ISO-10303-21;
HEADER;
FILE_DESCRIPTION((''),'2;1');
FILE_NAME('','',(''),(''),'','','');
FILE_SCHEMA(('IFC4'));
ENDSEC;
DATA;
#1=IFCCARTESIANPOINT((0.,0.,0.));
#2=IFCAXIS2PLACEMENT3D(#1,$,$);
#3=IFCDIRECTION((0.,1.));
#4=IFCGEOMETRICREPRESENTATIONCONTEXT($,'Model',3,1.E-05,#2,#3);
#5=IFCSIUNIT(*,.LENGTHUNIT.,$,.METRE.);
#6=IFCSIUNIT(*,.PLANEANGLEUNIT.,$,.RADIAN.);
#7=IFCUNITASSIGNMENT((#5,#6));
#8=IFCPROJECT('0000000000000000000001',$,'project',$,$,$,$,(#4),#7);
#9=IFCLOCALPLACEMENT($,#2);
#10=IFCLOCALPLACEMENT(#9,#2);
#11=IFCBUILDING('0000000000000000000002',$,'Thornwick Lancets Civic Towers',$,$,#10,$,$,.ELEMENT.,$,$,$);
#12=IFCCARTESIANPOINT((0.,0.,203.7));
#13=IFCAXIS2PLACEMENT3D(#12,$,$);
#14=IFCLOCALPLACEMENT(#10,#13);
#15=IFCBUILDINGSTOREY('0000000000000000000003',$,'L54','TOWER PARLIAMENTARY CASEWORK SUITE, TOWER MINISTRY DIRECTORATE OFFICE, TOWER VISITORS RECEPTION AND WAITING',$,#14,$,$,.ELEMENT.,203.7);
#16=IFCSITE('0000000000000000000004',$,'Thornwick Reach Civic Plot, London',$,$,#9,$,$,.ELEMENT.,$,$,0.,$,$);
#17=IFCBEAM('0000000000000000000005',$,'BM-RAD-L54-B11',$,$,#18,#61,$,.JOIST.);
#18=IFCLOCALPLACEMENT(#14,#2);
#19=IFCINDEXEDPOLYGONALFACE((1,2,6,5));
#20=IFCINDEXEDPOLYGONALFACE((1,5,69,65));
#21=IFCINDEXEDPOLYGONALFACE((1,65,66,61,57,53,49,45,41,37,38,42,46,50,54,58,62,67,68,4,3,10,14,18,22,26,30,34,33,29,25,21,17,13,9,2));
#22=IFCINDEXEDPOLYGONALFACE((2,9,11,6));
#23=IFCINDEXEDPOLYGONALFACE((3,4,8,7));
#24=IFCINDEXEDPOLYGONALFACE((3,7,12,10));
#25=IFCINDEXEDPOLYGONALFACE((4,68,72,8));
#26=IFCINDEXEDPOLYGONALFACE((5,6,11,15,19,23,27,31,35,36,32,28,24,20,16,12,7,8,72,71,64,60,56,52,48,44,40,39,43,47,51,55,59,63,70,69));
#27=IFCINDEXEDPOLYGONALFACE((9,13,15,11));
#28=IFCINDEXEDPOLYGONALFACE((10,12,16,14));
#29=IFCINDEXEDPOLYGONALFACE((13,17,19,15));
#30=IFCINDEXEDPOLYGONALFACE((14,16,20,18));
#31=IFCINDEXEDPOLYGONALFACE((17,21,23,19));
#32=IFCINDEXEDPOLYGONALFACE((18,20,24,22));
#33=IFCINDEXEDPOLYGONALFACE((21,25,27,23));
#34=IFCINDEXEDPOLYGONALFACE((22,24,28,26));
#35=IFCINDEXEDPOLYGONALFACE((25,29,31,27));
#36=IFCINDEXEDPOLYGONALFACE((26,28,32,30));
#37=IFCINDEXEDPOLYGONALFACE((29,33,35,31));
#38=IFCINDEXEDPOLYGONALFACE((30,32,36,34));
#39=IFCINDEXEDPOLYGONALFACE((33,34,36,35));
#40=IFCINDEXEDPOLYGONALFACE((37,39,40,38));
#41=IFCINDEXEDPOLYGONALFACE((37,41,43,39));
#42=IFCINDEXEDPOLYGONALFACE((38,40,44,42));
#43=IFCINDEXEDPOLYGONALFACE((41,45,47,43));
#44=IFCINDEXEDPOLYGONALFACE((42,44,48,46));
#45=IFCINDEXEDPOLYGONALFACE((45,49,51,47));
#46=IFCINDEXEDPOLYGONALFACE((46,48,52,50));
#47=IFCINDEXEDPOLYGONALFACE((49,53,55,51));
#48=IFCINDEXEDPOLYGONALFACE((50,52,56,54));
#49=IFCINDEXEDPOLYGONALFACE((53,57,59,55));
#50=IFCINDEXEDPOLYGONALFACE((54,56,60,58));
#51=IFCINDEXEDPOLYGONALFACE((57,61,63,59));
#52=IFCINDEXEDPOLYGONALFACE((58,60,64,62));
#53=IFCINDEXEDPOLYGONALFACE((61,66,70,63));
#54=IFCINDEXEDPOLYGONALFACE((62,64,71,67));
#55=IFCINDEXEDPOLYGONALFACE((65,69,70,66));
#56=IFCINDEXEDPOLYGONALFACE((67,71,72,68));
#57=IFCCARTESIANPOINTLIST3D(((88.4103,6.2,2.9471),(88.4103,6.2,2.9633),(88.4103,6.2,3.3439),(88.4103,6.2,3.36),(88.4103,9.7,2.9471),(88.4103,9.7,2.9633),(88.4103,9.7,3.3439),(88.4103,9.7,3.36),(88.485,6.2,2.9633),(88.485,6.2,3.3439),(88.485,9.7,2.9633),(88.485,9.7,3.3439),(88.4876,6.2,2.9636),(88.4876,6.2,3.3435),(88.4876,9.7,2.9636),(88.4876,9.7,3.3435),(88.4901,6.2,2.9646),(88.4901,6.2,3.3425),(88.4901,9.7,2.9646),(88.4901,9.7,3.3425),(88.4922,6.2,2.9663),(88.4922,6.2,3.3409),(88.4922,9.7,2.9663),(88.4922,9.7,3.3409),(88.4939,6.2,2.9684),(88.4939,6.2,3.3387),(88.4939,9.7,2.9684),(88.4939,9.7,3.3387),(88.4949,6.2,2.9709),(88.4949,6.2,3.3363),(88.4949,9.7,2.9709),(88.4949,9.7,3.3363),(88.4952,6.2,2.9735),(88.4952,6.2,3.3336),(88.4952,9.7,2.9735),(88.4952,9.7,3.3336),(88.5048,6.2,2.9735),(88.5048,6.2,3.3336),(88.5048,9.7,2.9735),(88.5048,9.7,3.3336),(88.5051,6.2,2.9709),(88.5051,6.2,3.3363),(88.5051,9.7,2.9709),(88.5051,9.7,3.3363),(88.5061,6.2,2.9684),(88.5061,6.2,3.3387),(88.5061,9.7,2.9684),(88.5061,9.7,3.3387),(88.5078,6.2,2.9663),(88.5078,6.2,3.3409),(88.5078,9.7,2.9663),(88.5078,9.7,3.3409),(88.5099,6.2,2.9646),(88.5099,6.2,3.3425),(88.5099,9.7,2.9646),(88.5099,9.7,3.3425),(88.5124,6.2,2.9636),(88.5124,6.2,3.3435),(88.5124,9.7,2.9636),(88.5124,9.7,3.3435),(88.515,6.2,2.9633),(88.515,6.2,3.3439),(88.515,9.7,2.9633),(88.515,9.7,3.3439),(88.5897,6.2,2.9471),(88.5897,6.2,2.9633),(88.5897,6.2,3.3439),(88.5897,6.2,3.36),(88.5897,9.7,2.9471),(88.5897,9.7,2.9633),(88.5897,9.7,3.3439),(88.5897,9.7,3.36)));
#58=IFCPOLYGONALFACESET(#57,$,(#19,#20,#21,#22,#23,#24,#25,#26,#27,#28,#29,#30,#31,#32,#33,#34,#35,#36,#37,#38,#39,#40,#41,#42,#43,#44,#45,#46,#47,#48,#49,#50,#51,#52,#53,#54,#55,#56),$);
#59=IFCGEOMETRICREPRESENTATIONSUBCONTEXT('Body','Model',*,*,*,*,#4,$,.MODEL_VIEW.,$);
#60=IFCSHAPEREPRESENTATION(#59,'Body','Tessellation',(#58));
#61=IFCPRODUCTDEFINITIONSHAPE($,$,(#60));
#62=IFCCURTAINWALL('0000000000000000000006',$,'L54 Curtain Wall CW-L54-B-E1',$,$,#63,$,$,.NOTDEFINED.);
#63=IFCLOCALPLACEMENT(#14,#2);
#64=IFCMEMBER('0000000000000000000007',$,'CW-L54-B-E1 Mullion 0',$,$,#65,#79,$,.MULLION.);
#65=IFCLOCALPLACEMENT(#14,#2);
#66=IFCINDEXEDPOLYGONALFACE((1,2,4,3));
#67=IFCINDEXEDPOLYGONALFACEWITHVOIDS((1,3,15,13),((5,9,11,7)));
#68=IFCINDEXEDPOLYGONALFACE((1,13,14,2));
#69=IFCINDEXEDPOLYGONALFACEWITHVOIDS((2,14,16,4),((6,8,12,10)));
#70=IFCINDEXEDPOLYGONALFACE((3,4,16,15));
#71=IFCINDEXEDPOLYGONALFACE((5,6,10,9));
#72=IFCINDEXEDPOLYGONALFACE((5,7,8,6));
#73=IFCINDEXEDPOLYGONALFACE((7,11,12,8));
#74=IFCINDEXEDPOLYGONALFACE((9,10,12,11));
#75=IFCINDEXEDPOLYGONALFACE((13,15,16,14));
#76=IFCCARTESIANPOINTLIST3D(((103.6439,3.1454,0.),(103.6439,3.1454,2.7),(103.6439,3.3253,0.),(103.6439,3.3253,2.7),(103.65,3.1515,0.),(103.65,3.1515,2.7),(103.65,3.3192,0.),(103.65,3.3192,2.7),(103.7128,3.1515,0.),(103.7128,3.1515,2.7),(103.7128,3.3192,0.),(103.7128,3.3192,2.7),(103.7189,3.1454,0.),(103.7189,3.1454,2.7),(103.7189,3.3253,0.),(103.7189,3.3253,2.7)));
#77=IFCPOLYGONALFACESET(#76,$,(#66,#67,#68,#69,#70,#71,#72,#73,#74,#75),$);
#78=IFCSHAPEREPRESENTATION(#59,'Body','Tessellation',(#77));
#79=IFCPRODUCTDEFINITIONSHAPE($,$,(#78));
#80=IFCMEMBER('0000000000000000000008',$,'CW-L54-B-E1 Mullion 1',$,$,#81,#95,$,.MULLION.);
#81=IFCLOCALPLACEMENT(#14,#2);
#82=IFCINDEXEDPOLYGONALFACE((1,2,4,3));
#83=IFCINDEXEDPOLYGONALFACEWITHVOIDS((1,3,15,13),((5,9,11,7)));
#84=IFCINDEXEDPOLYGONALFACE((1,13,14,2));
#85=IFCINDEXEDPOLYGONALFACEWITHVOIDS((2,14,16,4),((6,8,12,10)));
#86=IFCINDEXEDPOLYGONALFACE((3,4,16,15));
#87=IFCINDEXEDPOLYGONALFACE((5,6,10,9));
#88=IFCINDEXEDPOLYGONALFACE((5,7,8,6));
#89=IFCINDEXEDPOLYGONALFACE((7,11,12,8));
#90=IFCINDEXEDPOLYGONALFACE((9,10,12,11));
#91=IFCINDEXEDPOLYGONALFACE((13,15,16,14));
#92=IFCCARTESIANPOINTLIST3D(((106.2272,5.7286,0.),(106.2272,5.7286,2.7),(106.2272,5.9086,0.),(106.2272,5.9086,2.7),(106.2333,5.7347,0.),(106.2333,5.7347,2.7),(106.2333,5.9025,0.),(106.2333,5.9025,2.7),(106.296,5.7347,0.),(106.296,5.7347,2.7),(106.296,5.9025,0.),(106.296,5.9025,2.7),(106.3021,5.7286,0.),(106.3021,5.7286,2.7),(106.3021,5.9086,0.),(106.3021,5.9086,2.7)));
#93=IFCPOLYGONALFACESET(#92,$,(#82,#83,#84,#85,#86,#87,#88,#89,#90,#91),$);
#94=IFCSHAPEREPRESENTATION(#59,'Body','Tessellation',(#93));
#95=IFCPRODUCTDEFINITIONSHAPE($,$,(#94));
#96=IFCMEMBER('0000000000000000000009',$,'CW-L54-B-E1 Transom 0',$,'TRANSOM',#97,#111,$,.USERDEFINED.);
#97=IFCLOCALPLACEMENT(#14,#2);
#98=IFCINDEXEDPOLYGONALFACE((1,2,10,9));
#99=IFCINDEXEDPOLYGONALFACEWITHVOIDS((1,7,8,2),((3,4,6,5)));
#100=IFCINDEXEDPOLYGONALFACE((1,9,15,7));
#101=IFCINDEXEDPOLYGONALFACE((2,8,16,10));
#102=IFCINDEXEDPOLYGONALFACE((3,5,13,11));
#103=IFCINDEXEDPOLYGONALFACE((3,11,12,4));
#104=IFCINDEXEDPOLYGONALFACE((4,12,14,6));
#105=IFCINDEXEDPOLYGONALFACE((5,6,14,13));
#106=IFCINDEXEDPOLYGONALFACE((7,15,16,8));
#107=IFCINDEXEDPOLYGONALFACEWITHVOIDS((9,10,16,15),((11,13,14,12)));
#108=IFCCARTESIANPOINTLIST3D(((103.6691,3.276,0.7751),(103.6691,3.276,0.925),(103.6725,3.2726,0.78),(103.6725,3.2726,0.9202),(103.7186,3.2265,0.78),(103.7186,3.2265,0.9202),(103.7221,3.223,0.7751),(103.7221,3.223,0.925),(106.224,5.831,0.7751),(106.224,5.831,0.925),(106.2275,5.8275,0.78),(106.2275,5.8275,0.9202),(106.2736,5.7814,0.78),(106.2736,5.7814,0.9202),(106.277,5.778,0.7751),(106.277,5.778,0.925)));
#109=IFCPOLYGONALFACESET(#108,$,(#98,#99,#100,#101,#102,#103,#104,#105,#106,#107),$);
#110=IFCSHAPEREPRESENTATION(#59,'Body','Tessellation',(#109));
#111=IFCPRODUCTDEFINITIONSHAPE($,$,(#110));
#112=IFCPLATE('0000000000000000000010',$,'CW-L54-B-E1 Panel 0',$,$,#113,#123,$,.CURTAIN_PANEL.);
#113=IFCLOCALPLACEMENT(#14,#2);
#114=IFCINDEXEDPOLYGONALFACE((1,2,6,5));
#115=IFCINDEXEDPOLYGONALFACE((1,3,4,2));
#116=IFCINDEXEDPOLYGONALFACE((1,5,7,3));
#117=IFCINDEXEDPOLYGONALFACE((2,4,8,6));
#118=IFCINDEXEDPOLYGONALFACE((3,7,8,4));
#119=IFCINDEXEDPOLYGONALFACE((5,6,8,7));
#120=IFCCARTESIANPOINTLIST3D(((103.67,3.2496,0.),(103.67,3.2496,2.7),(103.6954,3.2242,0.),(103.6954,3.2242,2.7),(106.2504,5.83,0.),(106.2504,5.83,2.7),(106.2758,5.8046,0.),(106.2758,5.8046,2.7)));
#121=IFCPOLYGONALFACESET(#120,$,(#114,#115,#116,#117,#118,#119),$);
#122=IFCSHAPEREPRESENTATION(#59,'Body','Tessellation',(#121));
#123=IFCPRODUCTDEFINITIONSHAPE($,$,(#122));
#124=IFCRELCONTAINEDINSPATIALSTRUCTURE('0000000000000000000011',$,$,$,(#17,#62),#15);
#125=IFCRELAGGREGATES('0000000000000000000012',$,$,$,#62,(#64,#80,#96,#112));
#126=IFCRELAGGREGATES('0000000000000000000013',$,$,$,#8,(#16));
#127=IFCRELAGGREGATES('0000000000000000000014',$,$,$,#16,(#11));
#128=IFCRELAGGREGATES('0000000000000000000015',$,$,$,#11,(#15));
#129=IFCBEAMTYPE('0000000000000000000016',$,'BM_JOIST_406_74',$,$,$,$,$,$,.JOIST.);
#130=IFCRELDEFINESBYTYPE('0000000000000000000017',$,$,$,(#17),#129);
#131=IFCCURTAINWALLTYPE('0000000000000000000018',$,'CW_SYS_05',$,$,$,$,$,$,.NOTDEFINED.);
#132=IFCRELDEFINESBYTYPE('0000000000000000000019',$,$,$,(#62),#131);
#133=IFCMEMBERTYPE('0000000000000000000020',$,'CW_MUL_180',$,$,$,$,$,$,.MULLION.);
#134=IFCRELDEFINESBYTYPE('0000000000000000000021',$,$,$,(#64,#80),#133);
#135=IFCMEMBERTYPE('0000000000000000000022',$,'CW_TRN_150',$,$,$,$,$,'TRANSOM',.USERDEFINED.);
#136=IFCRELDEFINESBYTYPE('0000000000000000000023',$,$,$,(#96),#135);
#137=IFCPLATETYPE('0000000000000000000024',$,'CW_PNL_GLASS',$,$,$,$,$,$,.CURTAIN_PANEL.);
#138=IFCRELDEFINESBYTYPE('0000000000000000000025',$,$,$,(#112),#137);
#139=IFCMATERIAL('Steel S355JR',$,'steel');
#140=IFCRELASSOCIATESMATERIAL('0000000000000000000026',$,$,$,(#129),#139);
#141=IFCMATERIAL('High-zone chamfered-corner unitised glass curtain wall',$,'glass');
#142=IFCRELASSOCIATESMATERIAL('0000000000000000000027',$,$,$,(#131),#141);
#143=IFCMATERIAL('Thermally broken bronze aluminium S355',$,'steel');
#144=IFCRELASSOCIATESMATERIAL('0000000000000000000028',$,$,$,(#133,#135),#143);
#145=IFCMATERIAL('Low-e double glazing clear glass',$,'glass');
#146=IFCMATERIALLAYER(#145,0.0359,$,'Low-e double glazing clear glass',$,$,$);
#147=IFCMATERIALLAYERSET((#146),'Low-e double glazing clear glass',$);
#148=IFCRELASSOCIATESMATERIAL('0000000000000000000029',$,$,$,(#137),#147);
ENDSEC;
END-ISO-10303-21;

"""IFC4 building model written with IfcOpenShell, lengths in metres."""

from ifc_helpers import new_model, si_unit, direction, frame, origin, origin_2d, place, context, subcontext, project, spatial, rectangle, hollow_rectangle, i_section, extrude, material, layer, layer_set, material_profile, profile_set, type_object, element, aggregate, save


model = new_model("IFC4")

# Units and contexts
model_context = context("Model", 3, precision=1e-05, world=origin(), true_north=direction((0.0, 1.0)))
body_context = subcontext(model_context, "Body", "Model", "MODEL_VIEW")
ifc_project = project(units=[si_unit("LENGTHUNIT", "METRE"), si_unit("PLANEANGLEUNIT", "RADIAN")], contexts=[model_context])

# Site, building, storey
site_placement = place(None, origin())
site = spatial("IfcSite", under=ifc_project, at=site_placement, Name="Thornwick Reach Civic Plot, London", CompositionType="ELEMENT", RefElevation=0.0)
building_placement = place(site_placement, origin())
building = spatial("IfcBuilding", under=site, at=building_placement, Name="Thornwick Lancets Civic Towers", CompositionType="ELEMENT")
storey_placement = place(building_placement, frame((0.0, 0.0, 203.7)))
storey = spatial("IfcBuildingStorey", under=building, at=storey_placement, Name="L54", Description="TOWER PARLIAMENTARY CASEWORK SUITE, TOWER MINISTRY DIRECTORATE OFFICE, TOWER VISITORS RECEPTION AND WAITING", CompositionType="ELEMENT", Elevation=203.7)

# Shared definitions
ifc_material_1 = material(Name="Steel S355JR", Category="steel")

# Beam
ifc_material_profile_1 = material_profile(ifc_material_1, i_section(OverallWidth=0.1794, OverallDepth=0.4128, WebThickness=0.0095, FlangeThickness=0.0161, FilletRadius=0.0103, at=origin_2d()), Name="UKB 406x178x74")
ifc_profile_set_1 = profile_set([ifc_material_profile_1], Name="Steel S355JR")
beam_type_1 = type_object("IfcBeamType", Name="BM_JOIST_406_74", PredefinedType="JOIST", material=ifc_profile_set_1)
for number, where, z_axis, x_axis, name in (
    (1, (88.5, 9.7, 3.1536), (0.0, -1.0, 0.0), (1.0, 0.0, 0.0), "BM-RAD-L54-B11"),
):
    element("IfcBeam", number, at=place(storey_placement, frame(where, z_axis=z_axis, x_axis=x_axis)), inside=storey, type_object=beam_type_1, Name=name, PredefinedType="JOIST", context=body_context, shape_type="SweptSolid", body=[
        extrude(i_section(OverallWidth=0.1794, OverallDepth=0.4128, WebThickness=0.0095, FlangeThickness=0.0161, FilletRadius=0.0103, at=origin_2d()), origin(), (0.0, 0.0, 1.0), 3.5),
    ])

# Curtain wall, members, plate
ifc_material_2 = material(Name="High-zone chamfered-corner unitised glass curtain wall", Category="glass")
curtain_wall_type = type_object("IfcCurtainWallType", Name="CW_SYS_05", PredefinedType="NOTDEFINED", material=ifc_material_2)
curtain_wall_placement = place(storey_placement, origin())
curtain_wall = element("IfcCurtainWall", 2, at=curtain_wall_placement, inside=storey, type_object=curtain_wall_type, Name="L54 Curtain Wall CW-L54-B-E1", PredefinedType="NOTDEFINED")
ifc_material_3 = material(Name="Thermally broken bronze aluminium S355", Category="steel")
ifc_material_profile_2 = material_profile(ifc_material_3, hollow_rectangle(XDim=0.075, YDim=0.1799, WallThickness=0.0061, at=origin_2d()), Name="RHS 180x75x6")
ifc_profile_set_2 = profile_set([ifc_material_profile_2], Name="Thermally broken bronze aluminium S355")
member_type_1 = type_object("IfcMemberType", Name="CW_MUL_180", PredefinedType="MULLION", material=ifc_profile_set_2)
member_1_placement = place(storey_placement, frame((103.6814, 3.2354, 0.0), z_axis=(0.0, 0.0, 1.0), x_axis=(1.0, 0.0, 0.0)))
member_1 = element("IfcMember", 3, at=member_1_placement, type_object=member_type_1, Name="CW-L54-B-E1 Mullion 0", PredefinedType="MULLION", context=body_context, shape_type="SweptSolid", body=[
    extrude(hollow_rectangle(XDim=0.075, YDim=0.1799, WallThickness=0.0061, at=origin_2d()), origin(), (0.0, 0.0, 1.0), 2.7),
])
member_2_placement = place(storey_placement, frame((106.2646, 5.8186, 0.0), z_axis=(0.0, 0.0, 1.0), x_axis=(1.0, 0.0, 0.0)))
member_2 = element("IfcMember", 4, at=member_2_placement, type_object=member_type_1, Name="CW-L54-B-E1 Mullion 1", PredefinedType="MULLION", context=body_context, shape_type="SweptSolid", body=[
    extrude(hollow_rectangle(XDim=0.075, YDim=0.1799, WallThickness=0.0061, at=origin_2d()), origin(), (0.0, 0.0, 1.0), 2.7),
])
ifc_material_profile_3 = material_profile(ifc_material_3, hollow_rectangle(XDim=0.075, YDim=0.1499, WallThickness=0.0049, at=origin_2d()), Name="RHS 150x75x5")
ifc_profile_set_3 = profile_set([ifc_material_profile_3], Name="Thermally broken bronze aluminium S355")
member_type_2 = type_object("IfcMemberType", Name="CW_TRN_150", ElementType="TRANSOM", PredefinedType="USERDEFINED", material=ifc_profile_set_3)
member_3_placement = place(storey_placement, frame((103.6956, 3.2495, 0.8501), z_axis=(0.707107, 0.707107, 0.0), x_axis=(-0.707107, 0.707107, 0.0)))
member_3 = element("IfcMember", 5, at=member_3_placement, type_object=member_type_2, Name="CW-L54-B-E1 Transom 0", ObjectType="TRANSOM", PredefinedType="USERDEFINED", context=body_context, shape_type="SweptSolid", body=[
    extrude(hollow_rectangle(XDim=0.075, YDim=0.1499, WallThickness=0.0049, at=origin_2d()), origin(), (0.0, 0.0, 1.0), 3.6133),
])
ifc_material_4 = material(Name="Low-e double glazing clear glass", Category="glass")
ifc_layer_1 = layer(ifc_material_4, 0.0359, Name="Low-e double glazing clear glass")
ifc_layer_set_1 = layer_set([ifc_layer_1], Name="Low-e double glazing clear glass")
plate_type = type_object("IfcPlateType", Name="CW_PNL_GLASS", PredefinedType="CURTAIN_PANEL", material=ifc_layer_set_1)
plate_placement = place(storey_placement, frame((104.9729, 4.5271, 0.0), z_axis=(0.0, 0.0, 1.0), x_axis=(0.707107, 0.707107, 0.0)))
plate = element("IfcPlate", 6, at=plate_placement, type_object=plate_type, Name="CW-L54-B-E1 Panel 0", PredefinedType="CURTAIN_PANEL", context=body_context, shape_type="SweptSolid", body=[
    extrude(rectangle(XDim=3.6492, YDim=0.0359, at=origin_2d()), origin(), (0.0, 0.0, 1.0), 2.7),
])
aggregate(curtain_wall, [member_1, member_2, member_3, plate])

save(model, "model.ifc")
